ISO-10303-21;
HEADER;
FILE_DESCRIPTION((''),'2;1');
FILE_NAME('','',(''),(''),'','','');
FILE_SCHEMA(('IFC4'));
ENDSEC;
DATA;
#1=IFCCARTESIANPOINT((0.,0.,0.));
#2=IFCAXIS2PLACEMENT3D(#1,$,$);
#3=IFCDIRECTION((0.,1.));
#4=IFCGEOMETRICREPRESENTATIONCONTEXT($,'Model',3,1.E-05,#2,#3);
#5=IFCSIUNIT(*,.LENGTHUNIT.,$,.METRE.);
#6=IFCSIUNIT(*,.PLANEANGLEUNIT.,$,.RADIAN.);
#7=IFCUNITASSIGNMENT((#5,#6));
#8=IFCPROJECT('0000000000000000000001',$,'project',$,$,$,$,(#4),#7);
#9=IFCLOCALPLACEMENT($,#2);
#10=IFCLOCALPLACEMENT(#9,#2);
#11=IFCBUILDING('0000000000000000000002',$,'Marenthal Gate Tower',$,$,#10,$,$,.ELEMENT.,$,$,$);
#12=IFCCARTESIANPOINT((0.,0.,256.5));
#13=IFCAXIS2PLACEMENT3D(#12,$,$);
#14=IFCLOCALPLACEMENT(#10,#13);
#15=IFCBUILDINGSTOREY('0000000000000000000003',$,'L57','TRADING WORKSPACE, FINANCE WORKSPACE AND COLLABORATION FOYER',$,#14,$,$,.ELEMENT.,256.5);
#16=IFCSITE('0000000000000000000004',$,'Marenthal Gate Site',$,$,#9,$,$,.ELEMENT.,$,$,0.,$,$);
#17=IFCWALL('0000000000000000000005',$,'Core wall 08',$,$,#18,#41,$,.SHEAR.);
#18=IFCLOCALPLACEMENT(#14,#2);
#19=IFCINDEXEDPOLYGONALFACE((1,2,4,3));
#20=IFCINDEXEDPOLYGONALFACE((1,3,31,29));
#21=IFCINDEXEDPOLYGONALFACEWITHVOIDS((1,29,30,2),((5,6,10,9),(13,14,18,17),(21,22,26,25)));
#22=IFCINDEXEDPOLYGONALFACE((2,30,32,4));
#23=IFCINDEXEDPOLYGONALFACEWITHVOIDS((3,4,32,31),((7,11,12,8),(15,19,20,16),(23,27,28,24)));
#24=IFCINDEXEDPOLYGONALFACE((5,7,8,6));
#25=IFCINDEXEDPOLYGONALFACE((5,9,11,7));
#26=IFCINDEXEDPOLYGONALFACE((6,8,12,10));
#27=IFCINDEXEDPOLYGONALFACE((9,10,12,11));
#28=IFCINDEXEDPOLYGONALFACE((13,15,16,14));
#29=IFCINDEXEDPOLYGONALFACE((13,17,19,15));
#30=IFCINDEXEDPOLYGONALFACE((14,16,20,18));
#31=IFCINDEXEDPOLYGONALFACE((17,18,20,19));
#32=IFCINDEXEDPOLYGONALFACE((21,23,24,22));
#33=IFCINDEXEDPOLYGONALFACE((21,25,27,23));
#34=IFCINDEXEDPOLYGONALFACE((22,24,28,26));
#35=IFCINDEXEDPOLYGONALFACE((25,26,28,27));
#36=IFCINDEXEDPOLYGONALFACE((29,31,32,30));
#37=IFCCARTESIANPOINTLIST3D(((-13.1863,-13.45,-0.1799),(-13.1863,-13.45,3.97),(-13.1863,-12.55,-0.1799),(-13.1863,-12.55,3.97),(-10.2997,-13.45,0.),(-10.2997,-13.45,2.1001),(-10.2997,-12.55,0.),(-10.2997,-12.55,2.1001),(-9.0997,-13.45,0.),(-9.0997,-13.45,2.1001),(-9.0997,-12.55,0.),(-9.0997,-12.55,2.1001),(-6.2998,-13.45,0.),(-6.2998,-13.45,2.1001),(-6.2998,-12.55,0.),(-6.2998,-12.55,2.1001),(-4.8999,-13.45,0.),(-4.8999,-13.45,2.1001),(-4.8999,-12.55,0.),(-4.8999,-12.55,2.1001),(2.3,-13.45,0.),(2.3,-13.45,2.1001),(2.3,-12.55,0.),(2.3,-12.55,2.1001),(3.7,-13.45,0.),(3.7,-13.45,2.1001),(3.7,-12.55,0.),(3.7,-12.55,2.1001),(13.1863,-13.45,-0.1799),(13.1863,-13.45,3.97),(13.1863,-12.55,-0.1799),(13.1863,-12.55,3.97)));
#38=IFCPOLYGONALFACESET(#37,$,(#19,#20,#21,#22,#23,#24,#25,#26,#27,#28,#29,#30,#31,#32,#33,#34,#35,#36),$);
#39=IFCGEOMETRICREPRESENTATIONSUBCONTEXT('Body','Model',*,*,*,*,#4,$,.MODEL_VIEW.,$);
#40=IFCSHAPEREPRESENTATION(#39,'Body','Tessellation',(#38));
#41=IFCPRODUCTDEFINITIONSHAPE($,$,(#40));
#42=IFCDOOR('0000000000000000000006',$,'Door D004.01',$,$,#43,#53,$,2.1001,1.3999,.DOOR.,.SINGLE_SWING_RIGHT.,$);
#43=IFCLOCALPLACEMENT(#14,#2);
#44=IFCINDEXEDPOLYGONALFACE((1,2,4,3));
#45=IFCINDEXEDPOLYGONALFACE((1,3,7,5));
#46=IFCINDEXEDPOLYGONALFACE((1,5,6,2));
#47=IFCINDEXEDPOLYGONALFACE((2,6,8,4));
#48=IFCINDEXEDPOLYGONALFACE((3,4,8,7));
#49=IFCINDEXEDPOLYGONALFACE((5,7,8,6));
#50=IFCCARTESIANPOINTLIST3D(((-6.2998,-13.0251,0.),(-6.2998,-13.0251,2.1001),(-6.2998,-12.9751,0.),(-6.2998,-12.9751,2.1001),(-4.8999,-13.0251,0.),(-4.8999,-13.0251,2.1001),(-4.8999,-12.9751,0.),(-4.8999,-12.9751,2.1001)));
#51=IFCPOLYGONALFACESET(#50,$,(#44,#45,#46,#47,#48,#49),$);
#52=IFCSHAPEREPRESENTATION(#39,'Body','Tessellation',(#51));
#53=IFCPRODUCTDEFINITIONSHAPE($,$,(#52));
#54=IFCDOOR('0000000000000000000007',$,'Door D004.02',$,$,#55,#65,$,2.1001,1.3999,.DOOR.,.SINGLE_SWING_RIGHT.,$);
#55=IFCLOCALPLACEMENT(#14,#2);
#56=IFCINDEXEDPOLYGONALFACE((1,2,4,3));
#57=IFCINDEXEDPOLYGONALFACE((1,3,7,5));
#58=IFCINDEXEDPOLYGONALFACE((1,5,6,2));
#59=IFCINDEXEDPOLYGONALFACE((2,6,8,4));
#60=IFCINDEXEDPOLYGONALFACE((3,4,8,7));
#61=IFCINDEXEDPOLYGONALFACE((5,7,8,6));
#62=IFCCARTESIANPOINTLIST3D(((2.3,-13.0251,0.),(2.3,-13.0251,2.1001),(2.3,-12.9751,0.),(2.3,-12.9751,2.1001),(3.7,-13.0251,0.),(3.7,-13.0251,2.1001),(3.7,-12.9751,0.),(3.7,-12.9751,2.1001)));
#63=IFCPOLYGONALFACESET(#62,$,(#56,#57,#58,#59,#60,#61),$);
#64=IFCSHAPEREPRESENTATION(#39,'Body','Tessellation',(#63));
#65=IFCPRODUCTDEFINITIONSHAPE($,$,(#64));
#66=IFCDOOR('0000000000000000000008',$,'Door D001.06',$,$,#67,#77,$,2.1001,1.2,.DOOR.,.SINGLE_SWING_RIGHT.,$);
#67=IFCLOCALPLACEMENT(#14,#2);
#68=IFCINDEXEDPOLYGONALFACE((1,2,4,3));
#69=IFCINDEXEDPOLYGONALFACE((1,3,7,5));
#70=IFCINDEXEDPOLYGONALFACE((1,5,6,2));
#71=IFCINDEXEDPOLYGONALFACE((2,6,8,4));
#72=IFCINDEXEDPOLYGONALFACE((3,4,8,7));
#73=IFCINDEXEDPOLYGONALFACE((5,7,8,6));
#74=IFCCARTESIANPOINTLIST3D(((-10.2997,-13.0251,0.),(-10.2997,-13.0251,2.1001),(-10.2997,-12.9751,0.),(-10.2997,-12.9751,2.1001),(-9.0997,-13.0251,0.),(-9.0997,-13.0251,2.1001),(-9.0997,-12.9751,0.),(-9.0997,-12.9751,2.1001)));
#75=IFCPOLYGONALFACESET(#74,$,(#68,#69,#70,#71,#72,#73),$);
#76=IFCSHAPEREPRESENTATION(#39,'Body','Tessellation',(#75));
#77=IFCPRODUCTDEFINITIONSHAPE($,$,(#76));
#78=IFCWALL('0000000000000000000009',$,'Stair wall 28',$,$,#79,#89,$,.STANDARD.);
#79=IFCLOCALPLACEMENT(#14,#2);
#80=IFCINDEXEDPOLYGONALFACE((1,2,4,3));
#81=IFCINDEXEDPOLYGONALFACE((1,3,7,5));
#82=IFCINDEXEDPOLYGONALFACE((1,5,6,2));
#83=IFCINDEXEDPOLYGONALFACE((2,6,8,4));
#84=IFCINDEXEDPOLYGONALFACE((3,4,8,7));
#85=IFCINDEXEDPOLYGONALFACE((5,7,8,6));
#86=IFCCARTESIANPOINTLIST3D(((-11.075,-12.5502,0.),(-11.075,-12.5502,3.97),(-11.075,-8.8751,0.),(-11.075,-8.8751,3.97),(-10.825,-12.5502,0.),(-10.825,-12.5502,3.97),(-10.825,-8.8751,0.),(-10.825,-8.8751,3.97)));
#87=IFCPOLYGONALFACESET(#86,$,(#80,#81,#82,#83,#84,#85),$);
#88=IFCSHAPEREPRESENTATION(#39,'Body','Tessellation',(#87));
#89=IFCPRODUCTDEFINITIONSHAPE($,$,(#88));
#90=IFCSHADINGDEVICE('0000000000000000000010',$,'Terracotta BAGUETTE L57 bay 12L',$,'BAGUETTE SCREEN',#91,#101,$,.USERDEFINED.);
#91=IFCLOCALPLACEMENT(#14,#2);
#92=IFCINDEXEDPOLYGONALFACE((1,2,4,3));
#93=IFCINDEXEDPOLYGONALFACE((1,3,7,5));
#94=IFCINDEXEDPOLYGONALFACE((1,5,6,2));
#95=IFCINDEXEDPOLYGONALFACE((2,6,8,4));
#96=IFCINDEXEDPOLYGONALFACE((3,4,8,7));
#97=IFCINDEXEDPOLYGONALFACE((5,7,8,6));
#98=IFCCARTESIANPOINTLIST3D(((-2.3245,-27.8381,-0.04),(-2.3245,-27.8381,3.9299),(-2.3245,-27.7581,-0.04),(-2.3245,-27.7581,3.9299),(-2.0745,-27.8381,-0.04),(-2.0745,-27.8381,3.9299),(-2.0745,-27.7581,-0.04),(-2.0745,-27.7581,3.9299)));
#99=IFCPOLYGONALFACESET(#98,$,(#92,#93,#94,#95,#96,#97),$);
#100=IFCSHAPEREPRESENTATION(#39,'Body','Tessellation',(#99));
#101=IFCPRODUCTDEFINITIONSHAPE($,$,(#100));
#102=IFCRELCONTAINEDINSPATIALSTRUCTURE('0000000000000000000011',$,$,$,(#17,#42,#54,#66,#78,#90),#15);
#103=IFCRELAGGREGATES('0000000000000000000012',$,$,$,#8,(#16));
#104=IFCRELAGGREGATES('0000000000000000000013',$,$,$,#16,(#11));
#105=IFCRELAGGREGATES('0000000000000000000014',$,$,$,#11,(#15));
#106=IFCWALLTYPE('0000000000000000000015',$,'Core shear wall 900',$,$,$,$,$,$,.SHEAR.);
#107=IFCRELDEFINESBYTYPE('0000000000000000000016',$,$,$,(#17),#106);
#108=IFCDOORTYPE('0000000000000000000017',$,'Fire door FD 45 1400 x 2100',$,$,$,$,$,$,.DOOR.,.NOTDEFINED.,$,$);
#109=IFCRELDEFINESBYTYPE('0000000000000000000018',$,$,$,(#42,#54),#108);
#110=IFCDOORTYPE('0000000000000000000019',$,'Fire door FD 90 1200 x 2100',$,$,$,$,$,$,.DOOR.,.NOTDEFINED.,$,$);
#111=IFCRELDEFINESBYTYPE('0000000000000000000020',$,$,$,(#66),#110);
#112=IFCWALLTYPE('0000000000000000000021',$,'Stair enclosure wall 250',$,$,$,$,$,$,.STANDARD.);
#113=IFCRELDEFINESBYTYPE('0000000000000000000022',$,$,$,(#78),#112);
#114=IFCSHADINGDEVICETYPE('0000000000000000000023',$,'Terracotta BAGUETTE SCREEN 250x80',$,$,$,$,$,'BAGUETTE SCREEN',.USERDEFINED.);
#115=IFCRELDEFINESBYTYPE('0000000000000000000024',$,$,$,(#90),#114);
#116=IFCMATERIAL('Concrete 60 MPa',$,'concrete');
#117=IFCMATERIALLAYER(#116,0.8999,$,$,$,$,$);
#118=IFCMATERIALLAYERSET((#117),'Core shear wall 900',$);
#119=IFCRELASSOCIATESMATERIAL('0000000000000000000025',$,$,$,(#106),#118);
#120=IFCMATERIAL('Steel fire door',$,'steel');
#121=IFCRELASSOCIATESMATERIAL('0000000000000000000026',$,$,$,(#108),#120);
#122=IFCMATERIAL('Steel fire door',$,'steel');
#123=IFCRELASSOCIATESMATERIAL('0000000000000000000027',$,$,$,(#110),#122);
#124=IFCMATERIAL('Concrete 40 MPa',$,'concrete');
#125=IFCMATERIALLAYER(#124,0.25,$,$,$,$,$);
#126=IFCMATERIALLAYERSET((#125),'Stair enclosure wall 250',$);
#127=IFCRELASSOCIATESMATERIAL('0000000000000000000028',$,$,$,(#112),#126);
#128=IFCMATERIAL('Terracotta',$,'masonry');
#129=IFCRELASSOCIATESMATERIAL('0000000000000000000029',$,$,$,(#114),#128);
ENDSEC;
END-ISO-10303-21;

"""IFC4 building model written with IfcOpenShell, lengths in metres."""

from ifc_helpers import new_model, si_unit, direction, frame, frame_2d, origin, origin_2d, place, context, subcontext, project, spatial, rectangle, extrude, material, layer, layer_set, material_profile, profile_set, type_object, element, fill, save


model = new_model("IFC4")

# Units and contexts
model_context = context("Model", 3, precision=1e-05, world=origin(), true_north=direction((0.0, 1.0)))
body_context = subcontext(model_context, "Body", "Model", "MODEL_VIEW")
ifc_project = project(units=[si_unit("LENGTHUNIT", "METRE"), si_unit("PLANEANGLEUNIT", "RADIAN")], contexts=[model_context])

# Site, building, storey
site_placement = place(None, origin())
site = spatial("IfcSite", under=ifc_project, at=site_placement, Name="Marenthal Gate Site", CompositionType="ELEMENT", RefElevation=0.0)
building_placement = place(site_placement, origin())
building = spatial("IfcBuilding", under=site, at=building_placement, Name="Marenthal Gate Tower", CompositionType="ELEMENT")
storey_placement = place(building_placement, frame((0.0, 0.0, 256.5)))
storey = spatial("IfcBuildingStorey", under=building, at=storey_placement, Name="L57", Description="TRADING WORKSPACE, FINANCE WORKSPACE AND COLLABORATION FOYER", CompositionType="ELEMENT", Elevation=256.5)

# Wall, openings, doors
ifc_material_1 = material(Name="Concrete 60 MPa", Category="concrete")
ifc_layer_1 = layer(ifc_material_1, 0.8999)
ifc_layer_set_1 = layer_set([ifc_layer_1], Name="Core shear wall 900")
wall_type_1 = type_object("IfcWallType", Name="Core shear wall 900", PredefinedType="SHEAR", material=ifc_layer_set_1)
wall_1_placement = place(storey_placement, frame((-13.1863, -13.0, -0.1799), z_axis=(0.0, 0.0, 1.0), x_axis=(1.0, 0.0, 0.0)))
wall_1 = element("IfcWall", 1, at=wall_1_placement, inside=storey, type_object=wall_type_1, Name="Core wall 08", PredefinedType="SHEAR", context=body_context, shape_type="SweptSolid", body=[
    extrude(rectangle(XDim=26.3726, YDim=0.8999, at=frame_2d((13.1863, 0.0))), origin(), (0.0, 0.0, 1.0), 4.1499),
])
opening_1_placement = place(wall_1_placement, frame((2.8865, 0.0, 0.1799)))
opening_1 = element("IfcOpeningElement", 2, at=opening_1_placement, cuts=wall_1, PredefinedType="OPENING", context=body_context, shape_type="SweptSolid", body=[
    extrude(rectangle(XDim=1.2, YDim=2.1001, at=frame_2d((0.6001, 1.05))), frame((0.0, 0.46, 0.0), z_axis=(0.0, -1.0, 0.0), x_axis=(1.0, 0.0, 0.0)), (0.0, 0.0, 1.0), 0.9199),
])
opening_2_placement = place(wall_1_placement, frame((6.8865, 0.0, 0.1799)))
opening_2 = element("IfcOpeningElement", 3, at=opening_2_placement, cuts=wall_1, PredefinedType="OPENING", context=body_context, shape_type="SweptSolid", body=[
    extrude(rectangle(XDim=1.3999, YDim=2.1001, at=frame_2d((0.7, 1.05))), frame((0.0, 0.46, 0.0), z_axis=(0.0, -1.0, 0.0), x_axis=(1.0, 0.0, 0.0)), (0.0, 0.0, 1.0), 0.9199),
])
opening_3_placement = place(wall_1_placement, frame((15.4863, 0.0, 0.1799)))
opening_3 = element("IfcOpeningElement", 4, at=opening_3_placement, cuts=wall_1, PredefinedType="OPENING", context=body_context, shape_type="SweptSolid", body=[
    extrude(rectangle(XDim=1.3999, YDim=2.1001, at=frame_2d((0.7, 1.05))), frame((0.0, 0.46, 0.0), z_axis=(0.0, -1.0, 0.0), x_axis=(1.0, 0.0, 0.0)), (0.0, 0.0, 1.0), 0.9199),
])
ifc_material_2 = material(Name="Steel fire door", Category="steel")
door_type_1 = type_object("IfcDoorType", Name="Fire door FD 45 1400 x 2100", OperationType="NOTDEFINED", PredefinedType="DOOR", material=ifc_material_2)
door_1_placement = place(opening_2_placement, origin())
door_1 = element("IfcDoor", 5, at=door_1_placement, inside=storey, type_object=door_type_1, Name="Door D004.01", OperationType="SINGLE_SWING_RIGHT", OverallHeight=2.1001, OverallWidth=1.3999, PredefinedType="DOOR", context=body_context, shape_type="SweptSolid", body=[
    extrude(rectangle(XDim=1.3999, YDim=2.1001, at=frame_2d((0.7, 1.05))), frame((0.0, 0.0249, 0.0), z_axis=(0.0, -1.0, 0.0), x_axis=(1.0, 0.0, 0.0)), (0.0, 0.0, 1.0), 0.05),
])
fill(opening_2, door_1)
door_2_placement = place(opening_3_placement, origin())
door_2 = element("IfcDoor", 6, at=door_2_placement, inside=storey, type_object=door_type_1, Name="Door D004.02", OperationType="SINGLE_SWING_RIGHT", OverallHeight=2.1001, OverallWidth=1.3999, PredefinedType="DOOR", context=body_context, shape_type="SweptSolid", body=[
    extrude(rectangle(XDim=1.3999, YDim=2.1001, at=frame_2d((0.7, 1.05))), frame((0.0, 0.0249, 0.0), z_axis=(0.0, -1.0, 0.0), x_axis=(1.0, 0.0, 0.0)), (0.0, 0.0, 1.0), 0.05),
])
fill(opening_3, door_2)
ifc_material_3 = material(Name="Steel fire door", Category="steel")
door_type_2 = type_object("IfcDoorType", Name="Fire door FD 90 1200 x 2100", OperationType="NOTDEFINED", PredefinedType="DOOR", material=ifc_material_3)
door_3_placement = place(opening_1_placement, origin())
door_3 = element("IfcDoor", 7, at=door_3_placement, inside=storey, type_object=door_type_2, Name="Door D001.06", OperationType="SINGLE_SWING_RIGHT", OverallHeight=2.1001, OverallWidth=1.2, PredefinedType="DOOR", context=body_context, shape_type="SweptSolid", body=[
    extrude(rectangle(XDim=1.2, YDim=2.1001, at=frame_2d((0.6001, 1.05))), frame((0.0, 0.0249, 0.0), z_axis=(0.0, -1.0, 0.0), x_axis=(1.0, 0.0, 0.0)), (0.0, 0.0, 1.0), 0.05),
])
fill(opening_1, door_3)

# Wall
ifc_material_4 = material(Name="Concrete 40 MPa", Category="concrete")
ifc_layer_2 = layer(ifc_material_4, 0.25)
ifc_layer_set_2 = layer_set([ifc_layer_2], Name="Stair enclosure wall 250")
wall_type_2 = type_object("IfcWallType", Name="Stair enclosure wall 250", PredefinedType="STANDARD", material=ifc_layer_set_2)
wall_2_placement = place(storey_placement, frame((-10.95, -12.55, 0.0), z_axis=(0.0, 0.0, 1.0), x_axis=(0.0, 1.0, 0.0)))
element("IfcWall", 8, at=wall_2_placement, inside=storey, type_object=wall_type_2, Name="Stair wall 28", PredefinedType="STANDARD", context=body_context, shape_type="SweptSolid", body=[
    extrude(rectangle(XDim=3.675, YDim=0.25, at=frame_2d((1.8374, 0.0))), origin(), (0.0, 0.0, 1.0), 3.97),
])

# Shading device
ifc_material_5 = material(Name="Terracotta", Category="masonry")
ifc_material_profile_1 = material_profile(ifc_material_5, rectangle(XDim=0.25, YDim=0.0801, at=origin_2d()), Name="Terracotta baguette 250x80")
ifc_profile_set_1 = profile_set([ifc_material_profile_1], Name="Terracotta")
shading_device_type = type_object("IfcShadingDeviceType", Name="Terracotta BAGUETTE SCREEN 250x80", ElementType="BAGUETTE SCREEN", PredefinedType="USERDEFINED", material=ifc_profile_set_1)
shading_device_placement = place(storey_placement, frame((-2.1995, -27.7981, -0.04), z_axis=(0.0, 0.0, 1.0), x_axis=(1.0, 0.0, 0.0)))
element("IfcShadingDevice", 9, at=shading_device_placement, inside=storey, type_object=shading_device_type, Name="Terracotta BAGUETTE L57 bay 12L", ObjectType="BAGUETTE SCREEN", PredefinedType="USERDEFINED", context=body_context, shape_type="SweptSolid", body=[
    extrude(rectangle(XDim=0.25, YDim=0.0801, at=origin_2d()), origin(), (0.0, 0.0, 1.0), 3.97),
])

save(model, "model.ifc")
